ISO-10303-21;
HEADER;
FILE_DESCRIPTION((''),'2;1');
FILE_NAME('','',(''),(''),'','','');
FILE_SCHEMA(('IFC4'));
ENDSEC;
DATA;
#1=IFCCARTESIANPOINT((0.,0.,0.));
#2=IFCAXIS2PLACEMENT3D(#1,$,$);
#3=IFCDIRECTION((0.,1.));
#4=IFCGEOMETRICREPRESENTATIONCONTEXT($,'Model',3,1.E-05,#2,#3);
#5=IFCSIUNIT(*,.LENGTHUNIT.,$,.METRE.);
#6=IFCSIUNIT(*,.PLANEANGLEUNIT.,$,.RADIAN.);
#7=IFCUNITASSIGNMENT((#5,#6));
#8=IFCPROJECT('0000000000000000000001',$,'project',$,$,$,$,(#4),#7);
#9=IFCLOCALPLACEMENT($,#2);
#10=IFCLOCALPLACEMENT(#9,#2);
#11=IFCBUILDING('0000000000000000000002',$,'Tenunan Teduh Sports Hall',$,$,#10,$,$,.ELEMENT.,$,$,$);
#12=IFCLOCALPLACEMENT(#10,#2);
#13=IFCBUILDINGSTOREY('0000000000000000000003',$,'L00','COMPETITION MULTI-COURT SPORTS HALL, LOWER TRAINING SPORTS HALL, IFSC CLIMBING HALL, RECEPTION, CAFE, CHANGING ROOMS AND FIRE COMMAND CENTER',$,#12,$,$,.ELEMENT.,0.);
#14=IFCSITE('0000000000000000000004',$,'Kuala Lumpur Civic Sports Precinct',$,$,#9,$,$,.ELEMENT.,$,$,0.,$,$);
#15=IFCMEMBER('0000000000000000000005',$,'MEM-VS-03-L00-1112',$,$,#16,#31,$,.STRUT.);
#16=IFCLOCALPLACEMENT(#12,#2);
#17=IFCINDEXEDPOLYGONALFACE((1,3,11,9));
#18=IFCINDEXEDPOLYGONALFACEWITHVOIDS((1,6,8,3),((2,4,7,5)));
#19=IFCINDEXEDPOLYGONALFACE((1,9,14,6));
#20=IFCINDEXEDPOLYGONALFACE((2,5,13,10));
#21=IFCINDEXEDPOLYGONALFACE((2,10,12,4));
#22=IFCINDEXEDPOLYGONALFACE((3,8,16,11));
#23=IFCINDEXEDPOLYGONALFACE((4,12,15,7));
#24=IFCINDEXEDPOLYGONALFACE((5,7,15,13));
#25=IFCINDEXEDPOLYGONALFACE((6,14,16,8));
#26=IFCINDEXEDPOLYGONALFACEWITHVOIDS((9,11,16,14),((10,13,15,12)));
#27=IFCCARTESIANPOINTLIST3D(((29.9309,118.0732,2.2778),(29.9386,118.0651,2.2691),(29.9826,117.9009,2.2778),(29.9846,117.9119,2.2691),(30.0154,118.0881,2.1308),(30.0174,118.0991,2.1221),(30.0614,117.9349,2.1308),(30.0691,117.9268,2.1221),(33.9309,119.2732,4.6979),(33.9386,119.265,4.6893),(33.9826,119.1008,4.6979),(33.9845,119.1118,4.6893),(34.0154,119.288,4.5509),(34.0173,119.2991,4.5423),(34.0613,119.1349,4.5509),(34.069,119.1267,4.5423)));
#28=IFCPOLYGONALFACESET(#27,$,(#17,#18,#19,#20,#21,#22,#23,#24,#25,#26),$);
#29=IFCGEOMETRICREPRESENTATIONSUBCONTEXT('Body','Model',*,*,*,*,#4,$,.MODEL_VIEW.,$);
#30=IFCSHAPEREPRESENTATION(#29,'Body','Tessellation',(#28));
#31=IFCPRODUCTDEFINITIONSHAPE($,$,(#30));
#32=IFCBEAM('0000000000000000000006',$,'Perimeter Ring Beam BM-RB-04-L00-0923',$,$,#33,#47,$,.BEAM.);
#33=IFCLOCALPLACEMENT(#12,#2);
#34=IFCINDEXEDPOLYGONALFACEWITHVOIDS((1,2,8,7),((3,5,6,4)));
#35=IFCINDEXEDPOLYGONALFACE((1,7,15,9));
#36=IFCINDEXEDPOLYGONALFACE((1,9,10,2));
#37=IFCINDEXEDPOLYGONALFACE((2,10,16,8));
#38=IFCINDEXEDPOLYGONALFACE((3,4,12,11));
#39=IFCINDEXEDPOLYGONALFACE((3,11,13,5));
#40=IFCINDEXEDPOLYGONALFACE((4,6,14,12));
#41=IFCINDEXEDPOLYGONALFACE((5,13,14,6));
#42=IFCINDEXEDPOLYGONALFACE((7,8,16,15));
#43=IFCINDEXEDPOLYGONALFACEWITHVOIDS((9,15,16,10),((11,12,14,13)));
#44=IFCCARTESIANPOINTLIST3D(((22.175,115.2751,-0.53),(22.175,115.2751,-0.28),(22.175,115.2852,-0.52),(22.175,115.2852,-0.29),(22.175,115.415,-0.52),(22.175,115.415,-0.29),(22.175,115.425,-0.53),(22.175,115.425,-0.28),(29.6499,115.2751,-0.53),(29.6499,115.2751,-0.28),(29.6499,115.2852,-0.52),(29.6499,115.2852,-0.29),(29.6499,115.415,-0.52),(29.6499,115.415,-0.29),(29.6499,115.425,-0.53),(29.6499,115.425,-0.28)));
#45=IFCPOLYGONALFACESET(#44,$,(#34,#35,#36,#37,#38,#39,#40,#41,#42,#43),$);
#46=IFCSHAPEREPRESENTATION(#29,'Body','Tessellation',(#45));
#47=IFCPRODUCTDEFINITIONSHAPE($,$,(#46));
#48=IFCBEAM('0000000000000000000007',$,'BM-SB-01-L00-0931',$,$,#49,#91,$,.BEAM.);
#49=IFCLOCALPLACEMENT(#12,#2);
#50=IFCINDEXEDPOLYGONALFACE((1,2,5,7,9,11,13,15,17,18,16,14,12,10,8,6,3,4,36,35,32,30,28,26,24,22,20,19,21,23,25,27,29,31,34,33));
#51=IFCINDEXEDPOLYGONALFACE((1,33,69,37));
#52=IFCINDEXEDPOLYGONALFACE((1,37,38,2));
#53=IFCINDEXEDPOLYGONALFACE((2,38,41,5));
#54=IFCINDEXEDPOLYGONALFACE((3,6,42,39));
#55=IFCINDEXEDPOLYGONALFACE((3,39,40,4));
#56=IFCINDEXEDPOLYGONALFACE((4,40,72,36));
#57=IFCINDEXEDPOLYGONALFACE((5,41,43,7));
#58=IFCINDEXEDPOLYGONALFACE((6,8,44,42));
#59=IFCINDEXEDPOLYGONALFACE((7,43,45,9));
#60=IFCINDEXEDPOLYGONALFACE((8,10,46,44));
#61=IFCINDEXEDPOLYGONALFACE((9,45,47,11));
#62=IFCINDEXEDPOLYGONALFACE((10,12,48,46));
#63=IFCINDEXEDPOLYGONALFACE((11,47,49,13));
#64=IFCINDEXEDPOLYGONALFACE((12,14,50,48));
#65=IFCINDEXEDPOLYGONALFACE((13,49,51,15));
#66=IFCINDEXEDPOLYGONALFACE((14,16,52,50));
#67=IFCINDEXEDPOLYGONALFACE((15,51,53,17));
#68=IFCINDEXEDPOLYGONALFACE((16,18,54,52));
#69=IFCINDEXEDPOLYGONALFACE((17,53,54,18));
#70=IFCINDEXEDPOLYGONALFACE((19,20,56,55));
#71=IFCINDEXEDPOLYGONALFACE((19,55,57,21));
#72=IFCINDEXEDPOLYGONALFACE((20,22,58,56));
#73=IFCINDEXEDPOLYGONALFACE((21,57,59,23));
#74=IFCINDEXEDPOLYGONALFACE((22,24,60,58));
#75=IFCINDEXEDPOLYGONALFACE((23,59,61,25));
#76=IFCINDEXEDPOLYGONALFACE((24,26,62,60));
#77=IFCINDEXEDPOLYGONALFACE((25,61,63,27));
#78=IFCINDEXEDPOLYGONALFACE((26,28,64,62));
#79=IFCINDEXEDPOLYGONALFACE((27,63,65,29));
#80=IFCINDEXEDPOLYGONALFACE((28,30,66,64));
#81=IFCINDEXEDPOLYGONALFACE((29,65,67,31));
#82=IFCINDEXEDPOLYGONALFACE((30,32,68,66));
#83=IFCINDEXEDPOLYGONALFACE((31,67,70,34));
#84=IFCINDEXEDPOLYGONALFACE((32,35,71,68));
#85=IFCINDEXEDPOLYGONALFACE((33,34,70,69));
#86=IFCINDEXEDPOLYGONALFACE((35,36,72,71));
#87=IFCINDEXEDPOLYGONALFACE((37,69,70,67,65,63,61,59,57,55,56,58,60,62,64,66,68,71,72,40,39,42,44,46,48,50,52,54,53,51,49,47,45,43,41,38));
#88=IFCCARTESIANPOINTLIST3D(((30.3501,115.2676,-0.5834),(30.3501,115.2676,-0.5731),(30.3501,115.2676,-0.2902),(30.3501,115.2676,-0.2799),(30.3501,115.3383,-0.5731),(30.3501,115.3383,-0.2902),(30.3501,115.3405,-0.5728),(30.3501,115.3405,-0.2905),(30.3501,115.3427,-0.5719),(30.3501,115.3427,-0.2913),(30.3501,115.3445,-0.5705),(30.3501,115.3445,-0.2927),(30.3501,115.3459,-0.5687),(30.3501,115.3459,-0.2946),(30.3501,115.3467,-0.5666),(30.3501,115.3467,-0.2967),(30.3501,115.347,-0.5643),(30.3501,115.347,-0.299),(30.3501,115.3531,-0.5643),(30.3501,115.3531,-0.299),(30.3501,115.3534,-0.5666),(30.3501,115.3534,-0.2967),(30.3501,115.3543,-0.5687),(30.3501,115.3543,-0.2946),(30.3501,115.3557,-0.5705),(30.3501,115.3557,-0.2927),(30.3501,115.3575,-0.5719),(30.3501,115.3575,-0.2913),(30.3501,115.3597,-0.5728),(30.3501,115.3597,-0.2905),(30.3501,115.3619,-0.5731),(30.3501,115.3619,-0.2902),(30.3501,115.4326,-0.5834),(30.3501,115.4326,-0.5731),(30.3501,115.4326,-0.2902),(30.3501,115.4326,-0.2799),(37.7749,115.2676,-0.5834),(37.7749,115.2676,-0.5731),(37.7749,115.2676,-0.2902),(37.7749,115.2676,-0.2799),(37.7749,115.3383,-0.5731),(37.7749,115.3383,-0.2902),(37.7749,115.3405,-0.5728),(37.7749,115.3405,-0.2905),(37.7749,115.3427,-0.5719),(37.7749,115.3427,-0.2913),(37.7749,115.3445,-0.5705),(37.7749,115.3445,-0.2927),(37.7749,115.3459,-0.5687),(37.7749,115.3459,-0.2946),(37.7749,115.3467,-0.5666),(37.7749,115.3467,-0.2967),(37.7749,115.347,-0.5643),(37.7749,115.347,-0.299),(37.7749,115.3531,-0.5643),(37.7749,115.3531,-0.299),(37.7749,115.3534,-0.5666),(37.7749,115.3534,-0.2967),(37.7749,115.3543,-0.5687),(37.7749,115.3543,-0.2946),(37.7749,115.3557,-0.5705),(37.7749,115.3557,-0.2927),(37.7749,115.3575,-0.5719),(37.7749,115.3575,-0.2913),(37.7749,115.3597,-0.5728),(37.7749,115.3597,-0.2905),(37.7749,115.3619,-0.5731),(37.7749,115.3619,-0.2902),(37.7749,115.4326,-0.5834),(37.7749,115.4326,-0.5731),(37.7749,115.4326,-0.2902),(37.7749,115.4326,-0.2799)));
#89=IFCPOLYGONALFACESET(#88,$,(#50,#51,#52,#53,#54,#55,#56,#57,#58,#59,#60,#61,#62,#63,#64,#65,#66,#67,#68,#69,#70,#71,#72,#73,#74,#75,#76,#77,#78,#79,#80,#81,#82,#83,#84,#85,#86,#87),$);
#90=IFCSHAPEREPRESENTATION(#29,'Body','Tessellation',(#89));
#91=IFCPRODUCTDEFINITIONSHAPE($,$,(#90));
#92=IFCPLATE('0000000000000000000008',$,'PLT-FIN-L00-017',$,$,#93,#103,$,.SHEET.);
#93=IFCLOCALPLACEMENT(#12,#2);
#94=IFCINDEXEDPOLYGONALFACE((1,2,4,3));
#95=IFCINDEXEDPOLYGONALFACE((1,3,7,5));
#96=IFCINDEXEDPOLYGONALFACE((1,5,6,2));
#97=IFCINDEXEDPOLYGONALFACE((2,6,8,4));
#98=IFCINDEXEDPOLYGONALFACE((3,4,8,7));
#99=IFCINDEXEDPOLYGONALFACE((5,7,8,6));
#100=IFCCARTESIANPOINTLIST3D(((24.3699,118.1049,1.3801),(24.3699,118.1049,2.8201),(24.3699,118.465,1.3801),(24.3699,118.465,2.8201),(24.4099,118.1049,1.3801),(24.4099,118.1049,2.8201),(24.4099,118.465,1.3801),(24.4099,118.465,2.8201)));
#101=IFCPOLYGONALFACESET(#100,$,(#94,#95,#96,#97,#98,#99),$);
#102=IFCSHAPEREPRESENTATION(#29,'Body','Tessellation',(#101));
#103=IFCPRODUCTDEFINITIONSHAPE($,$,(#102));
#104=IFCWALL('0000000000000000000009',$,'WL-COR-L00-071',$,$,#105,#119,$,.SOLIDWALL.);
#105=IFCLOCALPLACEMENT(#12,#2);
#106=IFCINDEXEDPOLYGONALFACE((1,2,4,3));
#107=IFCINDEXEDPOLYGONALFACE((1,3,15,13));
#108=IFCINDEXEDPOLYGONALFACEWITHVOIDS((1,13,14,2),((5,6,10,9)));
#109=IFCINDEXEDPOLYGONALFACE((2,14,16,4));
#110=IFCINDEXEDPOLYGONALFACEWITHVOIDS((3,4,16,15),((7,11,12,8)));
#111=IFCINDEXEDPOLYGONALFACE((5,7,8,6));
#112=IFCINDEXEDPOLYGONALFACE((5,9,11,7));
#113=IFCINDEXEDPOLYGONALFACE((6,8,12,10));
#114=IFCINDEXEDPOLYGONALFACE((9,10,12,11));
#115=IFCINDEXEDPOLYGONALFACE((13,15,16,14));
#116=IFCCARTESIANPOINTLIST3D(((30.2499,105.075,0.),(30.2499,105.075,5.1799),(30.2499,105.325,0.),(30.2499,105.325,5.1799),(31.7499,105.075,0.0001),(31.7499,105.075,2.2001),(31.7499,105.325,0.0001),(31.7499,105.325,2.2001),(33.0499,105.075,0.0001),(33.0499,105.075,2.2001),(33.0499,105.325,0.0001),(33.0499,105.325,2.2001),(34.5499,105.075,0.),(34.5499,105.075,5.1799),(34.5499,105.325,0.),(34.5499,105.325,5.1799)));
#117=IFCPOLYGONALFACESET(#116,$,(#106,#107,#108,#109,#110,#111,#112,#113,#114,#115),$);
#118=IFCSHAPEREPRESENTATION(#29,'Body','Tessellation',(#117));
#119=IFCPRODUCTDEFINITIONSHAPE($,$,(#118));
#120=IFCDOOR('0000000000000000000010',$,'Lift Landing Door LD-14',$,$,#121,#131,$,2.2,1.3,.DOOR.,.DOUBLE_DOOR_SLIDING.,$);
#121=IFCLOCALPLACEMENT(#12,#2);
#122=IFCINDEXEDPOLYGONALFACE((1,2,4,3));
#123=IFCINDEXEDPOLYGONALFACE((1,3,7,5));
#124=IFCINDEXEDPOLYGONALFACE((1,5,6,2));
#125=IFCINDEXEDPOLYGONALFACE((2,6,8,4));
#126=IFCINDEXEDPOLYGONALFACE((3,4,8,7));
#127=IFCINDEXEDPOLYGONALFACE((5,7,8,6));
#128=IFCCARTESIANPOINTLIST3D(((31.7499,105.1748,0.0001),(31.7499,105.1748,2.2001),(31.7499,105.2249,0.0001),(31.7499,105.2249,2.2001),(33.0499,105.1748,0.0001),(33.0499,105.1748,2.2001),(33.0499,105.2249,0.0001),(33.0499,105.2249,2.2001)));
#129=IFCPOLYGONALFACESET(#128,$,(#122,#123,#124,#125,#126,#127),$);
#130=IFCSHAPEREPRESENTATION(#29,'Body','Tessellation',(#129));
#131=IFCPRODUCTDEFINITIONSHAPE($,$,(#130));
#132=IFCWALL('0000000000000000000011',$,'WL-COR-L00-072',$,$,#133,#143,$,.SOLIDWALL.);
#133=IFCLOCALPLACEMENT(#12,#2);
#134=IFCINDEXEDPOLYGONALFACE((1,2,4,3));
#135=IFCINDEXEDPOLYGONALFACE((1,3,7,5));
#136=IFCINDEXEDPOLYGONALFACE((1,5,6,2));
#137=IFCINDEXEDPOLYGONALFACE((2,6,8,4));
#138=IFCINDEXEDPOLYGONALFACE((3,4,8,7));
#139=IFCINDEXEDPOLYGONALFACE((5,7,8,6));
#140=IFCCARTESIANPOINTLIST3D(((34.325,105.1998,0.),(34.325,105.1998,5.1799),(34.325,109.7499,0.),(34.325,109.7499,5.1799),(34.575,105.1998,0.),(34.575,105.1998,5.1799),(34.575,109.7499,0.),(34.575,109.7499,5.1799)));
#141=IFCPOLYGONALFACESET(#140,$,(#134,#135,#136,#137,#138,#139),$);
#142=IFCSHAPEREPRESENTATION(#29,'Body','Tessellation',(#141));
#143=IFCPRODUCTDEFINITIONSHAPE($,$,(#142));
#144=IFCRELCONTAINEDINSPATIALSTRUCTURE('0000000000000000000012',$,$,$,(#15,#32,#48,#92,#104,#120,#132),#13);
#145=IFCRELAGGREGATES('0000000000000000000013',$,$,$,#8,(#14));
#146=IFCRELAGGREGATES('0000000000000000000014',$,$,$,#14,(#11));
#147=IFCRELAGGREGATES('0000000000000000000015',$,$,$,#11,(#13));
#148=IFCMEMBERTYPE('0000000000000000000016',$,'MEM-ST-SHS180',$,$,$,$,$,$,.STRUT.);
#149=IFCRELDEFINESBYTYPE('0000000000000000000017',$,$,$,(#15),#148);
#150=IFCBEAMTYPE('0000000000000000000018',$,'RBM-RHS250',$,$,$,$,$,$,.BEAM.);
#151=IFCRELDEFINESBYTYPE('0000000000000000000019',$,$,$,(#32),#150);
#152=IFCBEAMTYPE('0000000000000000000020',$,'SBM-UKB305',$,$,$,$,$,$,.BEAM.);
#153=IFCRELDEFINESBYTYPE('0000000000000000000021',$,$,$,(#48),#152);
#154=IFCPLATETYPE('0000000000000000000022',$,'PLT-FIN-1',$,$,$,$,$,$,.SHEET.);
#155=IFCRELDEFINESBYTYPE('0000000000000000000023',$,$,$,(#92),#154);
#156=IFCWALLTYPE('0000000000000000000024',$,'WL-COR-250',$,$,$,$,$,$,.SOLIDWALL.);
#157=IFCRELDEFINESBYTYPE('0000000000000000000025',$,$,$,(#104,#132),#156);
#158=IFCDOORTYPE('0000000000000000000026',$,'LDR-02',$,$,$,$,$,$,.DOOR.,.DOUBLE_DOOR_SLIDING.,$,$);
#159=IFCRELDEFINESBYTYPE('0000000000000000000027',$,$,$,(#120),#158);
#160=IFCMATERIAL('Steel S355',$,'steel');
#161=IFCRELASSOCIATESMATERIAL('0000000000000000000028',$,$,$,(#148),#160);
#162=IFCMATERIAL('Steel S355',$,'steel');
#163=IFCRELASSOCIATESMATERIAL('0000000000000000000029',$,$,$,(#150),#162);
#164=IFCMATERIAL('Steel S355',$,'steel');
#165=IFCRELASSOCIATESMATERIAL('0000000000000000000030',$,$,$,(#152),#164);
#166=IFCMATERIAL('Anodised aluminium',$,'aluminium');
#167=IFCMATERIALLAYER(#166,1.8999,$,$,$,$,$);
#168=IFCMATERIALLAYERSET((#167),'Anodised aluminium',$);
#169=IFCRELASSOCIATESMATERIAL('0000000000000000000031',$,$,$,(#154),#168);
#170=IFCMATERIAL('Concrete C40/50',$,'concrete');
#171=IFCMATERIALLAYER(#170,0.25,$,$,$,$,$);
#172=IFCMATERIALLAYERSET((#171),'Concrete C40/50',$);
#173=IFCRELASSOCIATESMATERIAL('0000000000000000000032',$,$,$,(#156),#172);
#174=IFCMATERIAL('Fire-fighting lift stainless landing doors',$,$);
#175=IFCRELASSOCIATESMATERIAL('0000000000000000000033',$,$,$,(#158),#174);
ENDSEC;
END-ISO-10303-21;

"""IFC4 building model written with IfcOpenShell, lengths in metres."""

from ifc_helpers import new_model, si_unit, direction, frame, frame_2d, origin, origin_2d, place, context, subcontext, project, spatial, rectangle, hollow_rectangle, i_section, extrude, material, layer, layer_set, material_profile, profile_set, type_object, element, fill, save


model = new_model("IFC4")

# Units and contexts
model_context = context("Model", 3, precision=1e-05, world=origin(), true_north=direction((0.0, 1.0)))
body_context = subcontext(model_context, "Body", "Model", "MODEL_VIEW")
ifc_project = project(units=[si_unit("LENGTHUNIT", "METRE"), si_unit("PLANEANGLEUNIT", "RADIAN")], contexts=[model_context])

# Site, building, storey
site_placement = place(None, origin())
site = spatial("IfcSite", under=ifc_project, at=site_placement, Name="Kuala Lumpur Civic Sports Precinct", CompositionType="ELEMENT", RefElevation=0.0)
building_placement = place(site_placement, origin())
building = spatial("IfcBuilding", under=site, at=building_placement, Name="Tenunan Teduh Sports Hall", CompositionType="ELEMENT")
storey_placement = place(building_placement, origin())
storey = spatial("IfcBuildingStorey", under=building, at=storey_placement, Name="L00", Description="COMPETITION MULTI-COURT SPORTS HALL, LOWER TRAINING SPORTS HALL, IFSC CLIMBING HALL, RECEPTION, CAFE, CHANGING ROOMS AND FIRE COMMAND CENTER", CompositionType="ELEMENT", Elevation=0.0)

# Member
ifc_material_1 = material(Name="Steel S355", Category="steel")
ifc_material_profile_1 = material_profile(ifc_material_1, hollow_rectangle(XDim=0.1799, YDim=0.1799, WallThickness=0.01, at=origin_2d()), Name="SHS 180x180x10.0")
ifc_profile_set_1 = profile_set([ifc_material_profile_1], Name="Steel S355")
member_type_1 = type_object("IfcMemberType", Name="MEM-ST-SHS180", PredefinedType="STRUT", material=ifc_profile_set_1)
member_1_placement = place(storey_placement, frame((30.0, 118.0, 2.2), z_axis=(0.828723, 0.248607, 0.501412), x_axis=(-0.287337, 0.95783, 0.0)))
element("IfcMember", 1, at=member_1_placement, inside=storey, type_object=member_type_1, Name="MEM-VS-03-L00-1112", PredefinedType="STRUT", context=body_context, shape_type="SweptSolid", body=[
    extrude(hollow_rectangle(XDim=0.1799, YDim=0.1799, WallThickness=0.01, at=origin_2d()), origin(), (0.0, 0.0, 1.0), 4.8267),
])

# Beams
ifc_material_2 = material(Name="Steel S355", Category="steel")
ifc_material_profile_2 = material_profile(ifc_material_2, hollow_rectangle(XDim=0.1499, YDim=0.25, WallThickness=0.01, at=origin_2d()), Name="RHS 250x150x10.0")
ifc_profile_set_2 = profile_set([ifc_material_profile_2], Name="Steel S355")
beam_type_1 = type_object("IfcBeamType", Name="RBM-RHS250", PredefinedType="BEAM", material=ifc_profile_set_2)
beam_1_placement = place(storey_placement, frame((22.175, 115.3501, -0.405), z_axis=(1.0, 0.0, 0.0), x_axis=(0.0, 1.0, 0.0)))
element("IfcBeam", 2, at=beam_1_placement, inside=storey, type_object=beam_type_1, Name="Perimeter Ring Beam BM-RB-04-L00-0923", PredefinedType="BEAM", context=body_context, shape_type="SweptSolid", body=[
    extrude(hollow_rectangle(XDim=0.1499, YDim=0.25, WallThickness=0.01, at=origin_2d()), origin(), (0.0, 0.0, 1.0), 7.4749),
])
ifc_material_3 = material(Name="Steel S355", Category="steel")
ifc_material_profile_3 = material_profile(ifc_material_3, i_section(OverallWidth=0.165, OverallDepth=0.3035, WebThickness=0.0061, FlangeThickness=0.0103, FilletRadius=0.0088, at=origin_2d()), Name="UKB 305x165x40")
ifc_profile_set_3 = profile_set([ifc_material_profile_3], Name="Steel S355")
beam_type_2 = type_object("IfcBeamType", Name="SBM-UKB305", PredefinedType="BEAM", material=ifc_profile_set_3)
beam_2_placement = place(storey_placement, frame((30.3501, 115.3501, -0.4316), z_axis=(1.0, 0.0, 0.0), x_axis=(0.0, 1.0, 0.0)))
element("IfcBeam", 3, at=beam_2_placement, inside=storey, type_object=beam_type_2, Name="BM-SB-01-L00-0931", PredefinedType="BEAM", context=body_context, shape_type="SweptSolid", body=[
    extrude(i_section(OverallWidth=0.165, OverallDepth=0.3035, WebThickness=0.0061, FlangeThickness=0.0103, FilletRadius=0.0088, at=origin_2d()), origin(), (0.0, 0.0, 1.0), 7.4248),
])

# Plate
ifc_material_4 = material(Name="Anodised aluminium", Category="aluminium")
ifc_layer_1 = layer(ifc_material_4, 1.8999)
ifc_layer_set_1 = layer_set([ifc_layer_1], Name="Anodised aluminium")
plate_type = type_object("IfcPlateType", Name="PLT-FIN-1", PredefinedType="SHEET", material=ifc_layer_set_1)
plate_placement = place(storey_placement, frame((24.3899, 118.2849, 1.3801), z_axis=(0.0, 0.0, 1.0), x_axis=(1.0, 0.0, 0.0)))
element("IfcPlate", 4, at=plate_placement, inside=storey, type_object=plate_type, Name="PLT-FIN-L00-017", PredefinedType="SHEET", context=body_context, shape_type="SweptSolid", body=[
    extrude(rectangle(XDim=0.04, YDim=0.3601, at=origin_2d()), origin(), (0.0, 0.0, 1.0), 1.4399),
])

# Wall, opening, door
ifc_material_5 = material(Name="Concrete C40/50", Category="concrete")
ifc_layer_2 = layer(ifc_material_5, 0.25)
ifc_layer_set_2 = layer_set([ifc_layer_2], Name="Concrete C40/50")
wall_type_1 = type_object("IfcWallType", Name="WL-COR-250", PredefinedType="SOLIDWALL", material=ifc_layer_set_2)
wall_1_placement = place(storey_placement, frame((30.25, 105.2, 0.0), z_axis=(0.0, 0.0, 1.0), x_axis=(1.0, 0.0, 0.0)))
wall_1 = element("IfcWall", 5, at=wall_1_placement, inside=storey, type_object=wall_type_1, Name="WL-COR-L00-071", PredefinedType="SOLIDWALL", context=body_context, shape_type="SweptSolid", body=[
    extrude(rectangle(XDim=4.3, YDim=0.25, at=frame_2d((2.1499, 0.0))), origin(), (0.0, 0.0, 1.0), 5.1799),
])
opening_1_placement = place(wall_1_placement, frame((1.5, 0.0, 0.0)))
opening_1 = element("IfcOpeningElement", 6, at=opening_1_placement, cuts=wall_1, PredefinedType="OPENING", context=body_context, shape_type="SweptSolid", body=[
    extrude(rectangle(XDim=1.3, YDim=2.2, at=frame_2d((0.6499, 1.1001))), frame((0.0, 0.135, 0.0), z_axis=(0.0, -1.0, 0.0), x_axis=(1.0, 0.0, 0.0)), (0.0, 0.0, 1.0), 0.27),
])
ifc_material_6 = material(Name="Fire-fighting lift stainless landing doors")
door_type_1 = type_object("IfcDoorType", Name="LDR-02", OperationType="DOUBLE_DOOR_SLIDING", PredefinedType="DOOR", material=ifc_material_6)
door_1_placement = place(opening_1_placement, origin())
door_1 = element("IfcDoor", 7, at=door_1_placement, inside=storey, type_object=door_type_1, Name="Lift Landing Door LD-14", OperationType="DOUBLE_DOOR_SLIDING", OverallHeight=2.2, OverallWidth=1.3, PredefinedType="DOOR", context=body_context, shape_type="SweptSolid", body=[
    extrude(rectangle(XDim=1.3, YDim=2.2, at=frame_2d((0.6499, 1.1001))), frame((0.0, 0.0249, 0.0), z_axis=(0.0, -1.0, 0.0), x_axis=(1.0, 0.0, 0.0)), (0.0, 0.0, 1.0), 0.05),
])
fill(opening_1, door_1)

# Wall
wall_2_placement = place(storey_placement, frame((34.45, 105.2, 0.0), z_axis=(0.0, 0.0, 1.0), x_axis=(0.0, 1.0, 0.0)))
element("IfcWall", 8, at=wall_2_placement, inside=storey, type_object=wall_type_1, Name="WL-COR-L00-072", PredefinedType="SOLIDWALL", context=body_context, shape_type="SweptSolid", body=[
    extrude(rectangle(XDim=4.55, YDim=0.25, at=frame_2d((2.2749, 0.0))), origin(), (0.0, 0.0, 1.0), 5.1799),
])

save(model, "model.ifc")
